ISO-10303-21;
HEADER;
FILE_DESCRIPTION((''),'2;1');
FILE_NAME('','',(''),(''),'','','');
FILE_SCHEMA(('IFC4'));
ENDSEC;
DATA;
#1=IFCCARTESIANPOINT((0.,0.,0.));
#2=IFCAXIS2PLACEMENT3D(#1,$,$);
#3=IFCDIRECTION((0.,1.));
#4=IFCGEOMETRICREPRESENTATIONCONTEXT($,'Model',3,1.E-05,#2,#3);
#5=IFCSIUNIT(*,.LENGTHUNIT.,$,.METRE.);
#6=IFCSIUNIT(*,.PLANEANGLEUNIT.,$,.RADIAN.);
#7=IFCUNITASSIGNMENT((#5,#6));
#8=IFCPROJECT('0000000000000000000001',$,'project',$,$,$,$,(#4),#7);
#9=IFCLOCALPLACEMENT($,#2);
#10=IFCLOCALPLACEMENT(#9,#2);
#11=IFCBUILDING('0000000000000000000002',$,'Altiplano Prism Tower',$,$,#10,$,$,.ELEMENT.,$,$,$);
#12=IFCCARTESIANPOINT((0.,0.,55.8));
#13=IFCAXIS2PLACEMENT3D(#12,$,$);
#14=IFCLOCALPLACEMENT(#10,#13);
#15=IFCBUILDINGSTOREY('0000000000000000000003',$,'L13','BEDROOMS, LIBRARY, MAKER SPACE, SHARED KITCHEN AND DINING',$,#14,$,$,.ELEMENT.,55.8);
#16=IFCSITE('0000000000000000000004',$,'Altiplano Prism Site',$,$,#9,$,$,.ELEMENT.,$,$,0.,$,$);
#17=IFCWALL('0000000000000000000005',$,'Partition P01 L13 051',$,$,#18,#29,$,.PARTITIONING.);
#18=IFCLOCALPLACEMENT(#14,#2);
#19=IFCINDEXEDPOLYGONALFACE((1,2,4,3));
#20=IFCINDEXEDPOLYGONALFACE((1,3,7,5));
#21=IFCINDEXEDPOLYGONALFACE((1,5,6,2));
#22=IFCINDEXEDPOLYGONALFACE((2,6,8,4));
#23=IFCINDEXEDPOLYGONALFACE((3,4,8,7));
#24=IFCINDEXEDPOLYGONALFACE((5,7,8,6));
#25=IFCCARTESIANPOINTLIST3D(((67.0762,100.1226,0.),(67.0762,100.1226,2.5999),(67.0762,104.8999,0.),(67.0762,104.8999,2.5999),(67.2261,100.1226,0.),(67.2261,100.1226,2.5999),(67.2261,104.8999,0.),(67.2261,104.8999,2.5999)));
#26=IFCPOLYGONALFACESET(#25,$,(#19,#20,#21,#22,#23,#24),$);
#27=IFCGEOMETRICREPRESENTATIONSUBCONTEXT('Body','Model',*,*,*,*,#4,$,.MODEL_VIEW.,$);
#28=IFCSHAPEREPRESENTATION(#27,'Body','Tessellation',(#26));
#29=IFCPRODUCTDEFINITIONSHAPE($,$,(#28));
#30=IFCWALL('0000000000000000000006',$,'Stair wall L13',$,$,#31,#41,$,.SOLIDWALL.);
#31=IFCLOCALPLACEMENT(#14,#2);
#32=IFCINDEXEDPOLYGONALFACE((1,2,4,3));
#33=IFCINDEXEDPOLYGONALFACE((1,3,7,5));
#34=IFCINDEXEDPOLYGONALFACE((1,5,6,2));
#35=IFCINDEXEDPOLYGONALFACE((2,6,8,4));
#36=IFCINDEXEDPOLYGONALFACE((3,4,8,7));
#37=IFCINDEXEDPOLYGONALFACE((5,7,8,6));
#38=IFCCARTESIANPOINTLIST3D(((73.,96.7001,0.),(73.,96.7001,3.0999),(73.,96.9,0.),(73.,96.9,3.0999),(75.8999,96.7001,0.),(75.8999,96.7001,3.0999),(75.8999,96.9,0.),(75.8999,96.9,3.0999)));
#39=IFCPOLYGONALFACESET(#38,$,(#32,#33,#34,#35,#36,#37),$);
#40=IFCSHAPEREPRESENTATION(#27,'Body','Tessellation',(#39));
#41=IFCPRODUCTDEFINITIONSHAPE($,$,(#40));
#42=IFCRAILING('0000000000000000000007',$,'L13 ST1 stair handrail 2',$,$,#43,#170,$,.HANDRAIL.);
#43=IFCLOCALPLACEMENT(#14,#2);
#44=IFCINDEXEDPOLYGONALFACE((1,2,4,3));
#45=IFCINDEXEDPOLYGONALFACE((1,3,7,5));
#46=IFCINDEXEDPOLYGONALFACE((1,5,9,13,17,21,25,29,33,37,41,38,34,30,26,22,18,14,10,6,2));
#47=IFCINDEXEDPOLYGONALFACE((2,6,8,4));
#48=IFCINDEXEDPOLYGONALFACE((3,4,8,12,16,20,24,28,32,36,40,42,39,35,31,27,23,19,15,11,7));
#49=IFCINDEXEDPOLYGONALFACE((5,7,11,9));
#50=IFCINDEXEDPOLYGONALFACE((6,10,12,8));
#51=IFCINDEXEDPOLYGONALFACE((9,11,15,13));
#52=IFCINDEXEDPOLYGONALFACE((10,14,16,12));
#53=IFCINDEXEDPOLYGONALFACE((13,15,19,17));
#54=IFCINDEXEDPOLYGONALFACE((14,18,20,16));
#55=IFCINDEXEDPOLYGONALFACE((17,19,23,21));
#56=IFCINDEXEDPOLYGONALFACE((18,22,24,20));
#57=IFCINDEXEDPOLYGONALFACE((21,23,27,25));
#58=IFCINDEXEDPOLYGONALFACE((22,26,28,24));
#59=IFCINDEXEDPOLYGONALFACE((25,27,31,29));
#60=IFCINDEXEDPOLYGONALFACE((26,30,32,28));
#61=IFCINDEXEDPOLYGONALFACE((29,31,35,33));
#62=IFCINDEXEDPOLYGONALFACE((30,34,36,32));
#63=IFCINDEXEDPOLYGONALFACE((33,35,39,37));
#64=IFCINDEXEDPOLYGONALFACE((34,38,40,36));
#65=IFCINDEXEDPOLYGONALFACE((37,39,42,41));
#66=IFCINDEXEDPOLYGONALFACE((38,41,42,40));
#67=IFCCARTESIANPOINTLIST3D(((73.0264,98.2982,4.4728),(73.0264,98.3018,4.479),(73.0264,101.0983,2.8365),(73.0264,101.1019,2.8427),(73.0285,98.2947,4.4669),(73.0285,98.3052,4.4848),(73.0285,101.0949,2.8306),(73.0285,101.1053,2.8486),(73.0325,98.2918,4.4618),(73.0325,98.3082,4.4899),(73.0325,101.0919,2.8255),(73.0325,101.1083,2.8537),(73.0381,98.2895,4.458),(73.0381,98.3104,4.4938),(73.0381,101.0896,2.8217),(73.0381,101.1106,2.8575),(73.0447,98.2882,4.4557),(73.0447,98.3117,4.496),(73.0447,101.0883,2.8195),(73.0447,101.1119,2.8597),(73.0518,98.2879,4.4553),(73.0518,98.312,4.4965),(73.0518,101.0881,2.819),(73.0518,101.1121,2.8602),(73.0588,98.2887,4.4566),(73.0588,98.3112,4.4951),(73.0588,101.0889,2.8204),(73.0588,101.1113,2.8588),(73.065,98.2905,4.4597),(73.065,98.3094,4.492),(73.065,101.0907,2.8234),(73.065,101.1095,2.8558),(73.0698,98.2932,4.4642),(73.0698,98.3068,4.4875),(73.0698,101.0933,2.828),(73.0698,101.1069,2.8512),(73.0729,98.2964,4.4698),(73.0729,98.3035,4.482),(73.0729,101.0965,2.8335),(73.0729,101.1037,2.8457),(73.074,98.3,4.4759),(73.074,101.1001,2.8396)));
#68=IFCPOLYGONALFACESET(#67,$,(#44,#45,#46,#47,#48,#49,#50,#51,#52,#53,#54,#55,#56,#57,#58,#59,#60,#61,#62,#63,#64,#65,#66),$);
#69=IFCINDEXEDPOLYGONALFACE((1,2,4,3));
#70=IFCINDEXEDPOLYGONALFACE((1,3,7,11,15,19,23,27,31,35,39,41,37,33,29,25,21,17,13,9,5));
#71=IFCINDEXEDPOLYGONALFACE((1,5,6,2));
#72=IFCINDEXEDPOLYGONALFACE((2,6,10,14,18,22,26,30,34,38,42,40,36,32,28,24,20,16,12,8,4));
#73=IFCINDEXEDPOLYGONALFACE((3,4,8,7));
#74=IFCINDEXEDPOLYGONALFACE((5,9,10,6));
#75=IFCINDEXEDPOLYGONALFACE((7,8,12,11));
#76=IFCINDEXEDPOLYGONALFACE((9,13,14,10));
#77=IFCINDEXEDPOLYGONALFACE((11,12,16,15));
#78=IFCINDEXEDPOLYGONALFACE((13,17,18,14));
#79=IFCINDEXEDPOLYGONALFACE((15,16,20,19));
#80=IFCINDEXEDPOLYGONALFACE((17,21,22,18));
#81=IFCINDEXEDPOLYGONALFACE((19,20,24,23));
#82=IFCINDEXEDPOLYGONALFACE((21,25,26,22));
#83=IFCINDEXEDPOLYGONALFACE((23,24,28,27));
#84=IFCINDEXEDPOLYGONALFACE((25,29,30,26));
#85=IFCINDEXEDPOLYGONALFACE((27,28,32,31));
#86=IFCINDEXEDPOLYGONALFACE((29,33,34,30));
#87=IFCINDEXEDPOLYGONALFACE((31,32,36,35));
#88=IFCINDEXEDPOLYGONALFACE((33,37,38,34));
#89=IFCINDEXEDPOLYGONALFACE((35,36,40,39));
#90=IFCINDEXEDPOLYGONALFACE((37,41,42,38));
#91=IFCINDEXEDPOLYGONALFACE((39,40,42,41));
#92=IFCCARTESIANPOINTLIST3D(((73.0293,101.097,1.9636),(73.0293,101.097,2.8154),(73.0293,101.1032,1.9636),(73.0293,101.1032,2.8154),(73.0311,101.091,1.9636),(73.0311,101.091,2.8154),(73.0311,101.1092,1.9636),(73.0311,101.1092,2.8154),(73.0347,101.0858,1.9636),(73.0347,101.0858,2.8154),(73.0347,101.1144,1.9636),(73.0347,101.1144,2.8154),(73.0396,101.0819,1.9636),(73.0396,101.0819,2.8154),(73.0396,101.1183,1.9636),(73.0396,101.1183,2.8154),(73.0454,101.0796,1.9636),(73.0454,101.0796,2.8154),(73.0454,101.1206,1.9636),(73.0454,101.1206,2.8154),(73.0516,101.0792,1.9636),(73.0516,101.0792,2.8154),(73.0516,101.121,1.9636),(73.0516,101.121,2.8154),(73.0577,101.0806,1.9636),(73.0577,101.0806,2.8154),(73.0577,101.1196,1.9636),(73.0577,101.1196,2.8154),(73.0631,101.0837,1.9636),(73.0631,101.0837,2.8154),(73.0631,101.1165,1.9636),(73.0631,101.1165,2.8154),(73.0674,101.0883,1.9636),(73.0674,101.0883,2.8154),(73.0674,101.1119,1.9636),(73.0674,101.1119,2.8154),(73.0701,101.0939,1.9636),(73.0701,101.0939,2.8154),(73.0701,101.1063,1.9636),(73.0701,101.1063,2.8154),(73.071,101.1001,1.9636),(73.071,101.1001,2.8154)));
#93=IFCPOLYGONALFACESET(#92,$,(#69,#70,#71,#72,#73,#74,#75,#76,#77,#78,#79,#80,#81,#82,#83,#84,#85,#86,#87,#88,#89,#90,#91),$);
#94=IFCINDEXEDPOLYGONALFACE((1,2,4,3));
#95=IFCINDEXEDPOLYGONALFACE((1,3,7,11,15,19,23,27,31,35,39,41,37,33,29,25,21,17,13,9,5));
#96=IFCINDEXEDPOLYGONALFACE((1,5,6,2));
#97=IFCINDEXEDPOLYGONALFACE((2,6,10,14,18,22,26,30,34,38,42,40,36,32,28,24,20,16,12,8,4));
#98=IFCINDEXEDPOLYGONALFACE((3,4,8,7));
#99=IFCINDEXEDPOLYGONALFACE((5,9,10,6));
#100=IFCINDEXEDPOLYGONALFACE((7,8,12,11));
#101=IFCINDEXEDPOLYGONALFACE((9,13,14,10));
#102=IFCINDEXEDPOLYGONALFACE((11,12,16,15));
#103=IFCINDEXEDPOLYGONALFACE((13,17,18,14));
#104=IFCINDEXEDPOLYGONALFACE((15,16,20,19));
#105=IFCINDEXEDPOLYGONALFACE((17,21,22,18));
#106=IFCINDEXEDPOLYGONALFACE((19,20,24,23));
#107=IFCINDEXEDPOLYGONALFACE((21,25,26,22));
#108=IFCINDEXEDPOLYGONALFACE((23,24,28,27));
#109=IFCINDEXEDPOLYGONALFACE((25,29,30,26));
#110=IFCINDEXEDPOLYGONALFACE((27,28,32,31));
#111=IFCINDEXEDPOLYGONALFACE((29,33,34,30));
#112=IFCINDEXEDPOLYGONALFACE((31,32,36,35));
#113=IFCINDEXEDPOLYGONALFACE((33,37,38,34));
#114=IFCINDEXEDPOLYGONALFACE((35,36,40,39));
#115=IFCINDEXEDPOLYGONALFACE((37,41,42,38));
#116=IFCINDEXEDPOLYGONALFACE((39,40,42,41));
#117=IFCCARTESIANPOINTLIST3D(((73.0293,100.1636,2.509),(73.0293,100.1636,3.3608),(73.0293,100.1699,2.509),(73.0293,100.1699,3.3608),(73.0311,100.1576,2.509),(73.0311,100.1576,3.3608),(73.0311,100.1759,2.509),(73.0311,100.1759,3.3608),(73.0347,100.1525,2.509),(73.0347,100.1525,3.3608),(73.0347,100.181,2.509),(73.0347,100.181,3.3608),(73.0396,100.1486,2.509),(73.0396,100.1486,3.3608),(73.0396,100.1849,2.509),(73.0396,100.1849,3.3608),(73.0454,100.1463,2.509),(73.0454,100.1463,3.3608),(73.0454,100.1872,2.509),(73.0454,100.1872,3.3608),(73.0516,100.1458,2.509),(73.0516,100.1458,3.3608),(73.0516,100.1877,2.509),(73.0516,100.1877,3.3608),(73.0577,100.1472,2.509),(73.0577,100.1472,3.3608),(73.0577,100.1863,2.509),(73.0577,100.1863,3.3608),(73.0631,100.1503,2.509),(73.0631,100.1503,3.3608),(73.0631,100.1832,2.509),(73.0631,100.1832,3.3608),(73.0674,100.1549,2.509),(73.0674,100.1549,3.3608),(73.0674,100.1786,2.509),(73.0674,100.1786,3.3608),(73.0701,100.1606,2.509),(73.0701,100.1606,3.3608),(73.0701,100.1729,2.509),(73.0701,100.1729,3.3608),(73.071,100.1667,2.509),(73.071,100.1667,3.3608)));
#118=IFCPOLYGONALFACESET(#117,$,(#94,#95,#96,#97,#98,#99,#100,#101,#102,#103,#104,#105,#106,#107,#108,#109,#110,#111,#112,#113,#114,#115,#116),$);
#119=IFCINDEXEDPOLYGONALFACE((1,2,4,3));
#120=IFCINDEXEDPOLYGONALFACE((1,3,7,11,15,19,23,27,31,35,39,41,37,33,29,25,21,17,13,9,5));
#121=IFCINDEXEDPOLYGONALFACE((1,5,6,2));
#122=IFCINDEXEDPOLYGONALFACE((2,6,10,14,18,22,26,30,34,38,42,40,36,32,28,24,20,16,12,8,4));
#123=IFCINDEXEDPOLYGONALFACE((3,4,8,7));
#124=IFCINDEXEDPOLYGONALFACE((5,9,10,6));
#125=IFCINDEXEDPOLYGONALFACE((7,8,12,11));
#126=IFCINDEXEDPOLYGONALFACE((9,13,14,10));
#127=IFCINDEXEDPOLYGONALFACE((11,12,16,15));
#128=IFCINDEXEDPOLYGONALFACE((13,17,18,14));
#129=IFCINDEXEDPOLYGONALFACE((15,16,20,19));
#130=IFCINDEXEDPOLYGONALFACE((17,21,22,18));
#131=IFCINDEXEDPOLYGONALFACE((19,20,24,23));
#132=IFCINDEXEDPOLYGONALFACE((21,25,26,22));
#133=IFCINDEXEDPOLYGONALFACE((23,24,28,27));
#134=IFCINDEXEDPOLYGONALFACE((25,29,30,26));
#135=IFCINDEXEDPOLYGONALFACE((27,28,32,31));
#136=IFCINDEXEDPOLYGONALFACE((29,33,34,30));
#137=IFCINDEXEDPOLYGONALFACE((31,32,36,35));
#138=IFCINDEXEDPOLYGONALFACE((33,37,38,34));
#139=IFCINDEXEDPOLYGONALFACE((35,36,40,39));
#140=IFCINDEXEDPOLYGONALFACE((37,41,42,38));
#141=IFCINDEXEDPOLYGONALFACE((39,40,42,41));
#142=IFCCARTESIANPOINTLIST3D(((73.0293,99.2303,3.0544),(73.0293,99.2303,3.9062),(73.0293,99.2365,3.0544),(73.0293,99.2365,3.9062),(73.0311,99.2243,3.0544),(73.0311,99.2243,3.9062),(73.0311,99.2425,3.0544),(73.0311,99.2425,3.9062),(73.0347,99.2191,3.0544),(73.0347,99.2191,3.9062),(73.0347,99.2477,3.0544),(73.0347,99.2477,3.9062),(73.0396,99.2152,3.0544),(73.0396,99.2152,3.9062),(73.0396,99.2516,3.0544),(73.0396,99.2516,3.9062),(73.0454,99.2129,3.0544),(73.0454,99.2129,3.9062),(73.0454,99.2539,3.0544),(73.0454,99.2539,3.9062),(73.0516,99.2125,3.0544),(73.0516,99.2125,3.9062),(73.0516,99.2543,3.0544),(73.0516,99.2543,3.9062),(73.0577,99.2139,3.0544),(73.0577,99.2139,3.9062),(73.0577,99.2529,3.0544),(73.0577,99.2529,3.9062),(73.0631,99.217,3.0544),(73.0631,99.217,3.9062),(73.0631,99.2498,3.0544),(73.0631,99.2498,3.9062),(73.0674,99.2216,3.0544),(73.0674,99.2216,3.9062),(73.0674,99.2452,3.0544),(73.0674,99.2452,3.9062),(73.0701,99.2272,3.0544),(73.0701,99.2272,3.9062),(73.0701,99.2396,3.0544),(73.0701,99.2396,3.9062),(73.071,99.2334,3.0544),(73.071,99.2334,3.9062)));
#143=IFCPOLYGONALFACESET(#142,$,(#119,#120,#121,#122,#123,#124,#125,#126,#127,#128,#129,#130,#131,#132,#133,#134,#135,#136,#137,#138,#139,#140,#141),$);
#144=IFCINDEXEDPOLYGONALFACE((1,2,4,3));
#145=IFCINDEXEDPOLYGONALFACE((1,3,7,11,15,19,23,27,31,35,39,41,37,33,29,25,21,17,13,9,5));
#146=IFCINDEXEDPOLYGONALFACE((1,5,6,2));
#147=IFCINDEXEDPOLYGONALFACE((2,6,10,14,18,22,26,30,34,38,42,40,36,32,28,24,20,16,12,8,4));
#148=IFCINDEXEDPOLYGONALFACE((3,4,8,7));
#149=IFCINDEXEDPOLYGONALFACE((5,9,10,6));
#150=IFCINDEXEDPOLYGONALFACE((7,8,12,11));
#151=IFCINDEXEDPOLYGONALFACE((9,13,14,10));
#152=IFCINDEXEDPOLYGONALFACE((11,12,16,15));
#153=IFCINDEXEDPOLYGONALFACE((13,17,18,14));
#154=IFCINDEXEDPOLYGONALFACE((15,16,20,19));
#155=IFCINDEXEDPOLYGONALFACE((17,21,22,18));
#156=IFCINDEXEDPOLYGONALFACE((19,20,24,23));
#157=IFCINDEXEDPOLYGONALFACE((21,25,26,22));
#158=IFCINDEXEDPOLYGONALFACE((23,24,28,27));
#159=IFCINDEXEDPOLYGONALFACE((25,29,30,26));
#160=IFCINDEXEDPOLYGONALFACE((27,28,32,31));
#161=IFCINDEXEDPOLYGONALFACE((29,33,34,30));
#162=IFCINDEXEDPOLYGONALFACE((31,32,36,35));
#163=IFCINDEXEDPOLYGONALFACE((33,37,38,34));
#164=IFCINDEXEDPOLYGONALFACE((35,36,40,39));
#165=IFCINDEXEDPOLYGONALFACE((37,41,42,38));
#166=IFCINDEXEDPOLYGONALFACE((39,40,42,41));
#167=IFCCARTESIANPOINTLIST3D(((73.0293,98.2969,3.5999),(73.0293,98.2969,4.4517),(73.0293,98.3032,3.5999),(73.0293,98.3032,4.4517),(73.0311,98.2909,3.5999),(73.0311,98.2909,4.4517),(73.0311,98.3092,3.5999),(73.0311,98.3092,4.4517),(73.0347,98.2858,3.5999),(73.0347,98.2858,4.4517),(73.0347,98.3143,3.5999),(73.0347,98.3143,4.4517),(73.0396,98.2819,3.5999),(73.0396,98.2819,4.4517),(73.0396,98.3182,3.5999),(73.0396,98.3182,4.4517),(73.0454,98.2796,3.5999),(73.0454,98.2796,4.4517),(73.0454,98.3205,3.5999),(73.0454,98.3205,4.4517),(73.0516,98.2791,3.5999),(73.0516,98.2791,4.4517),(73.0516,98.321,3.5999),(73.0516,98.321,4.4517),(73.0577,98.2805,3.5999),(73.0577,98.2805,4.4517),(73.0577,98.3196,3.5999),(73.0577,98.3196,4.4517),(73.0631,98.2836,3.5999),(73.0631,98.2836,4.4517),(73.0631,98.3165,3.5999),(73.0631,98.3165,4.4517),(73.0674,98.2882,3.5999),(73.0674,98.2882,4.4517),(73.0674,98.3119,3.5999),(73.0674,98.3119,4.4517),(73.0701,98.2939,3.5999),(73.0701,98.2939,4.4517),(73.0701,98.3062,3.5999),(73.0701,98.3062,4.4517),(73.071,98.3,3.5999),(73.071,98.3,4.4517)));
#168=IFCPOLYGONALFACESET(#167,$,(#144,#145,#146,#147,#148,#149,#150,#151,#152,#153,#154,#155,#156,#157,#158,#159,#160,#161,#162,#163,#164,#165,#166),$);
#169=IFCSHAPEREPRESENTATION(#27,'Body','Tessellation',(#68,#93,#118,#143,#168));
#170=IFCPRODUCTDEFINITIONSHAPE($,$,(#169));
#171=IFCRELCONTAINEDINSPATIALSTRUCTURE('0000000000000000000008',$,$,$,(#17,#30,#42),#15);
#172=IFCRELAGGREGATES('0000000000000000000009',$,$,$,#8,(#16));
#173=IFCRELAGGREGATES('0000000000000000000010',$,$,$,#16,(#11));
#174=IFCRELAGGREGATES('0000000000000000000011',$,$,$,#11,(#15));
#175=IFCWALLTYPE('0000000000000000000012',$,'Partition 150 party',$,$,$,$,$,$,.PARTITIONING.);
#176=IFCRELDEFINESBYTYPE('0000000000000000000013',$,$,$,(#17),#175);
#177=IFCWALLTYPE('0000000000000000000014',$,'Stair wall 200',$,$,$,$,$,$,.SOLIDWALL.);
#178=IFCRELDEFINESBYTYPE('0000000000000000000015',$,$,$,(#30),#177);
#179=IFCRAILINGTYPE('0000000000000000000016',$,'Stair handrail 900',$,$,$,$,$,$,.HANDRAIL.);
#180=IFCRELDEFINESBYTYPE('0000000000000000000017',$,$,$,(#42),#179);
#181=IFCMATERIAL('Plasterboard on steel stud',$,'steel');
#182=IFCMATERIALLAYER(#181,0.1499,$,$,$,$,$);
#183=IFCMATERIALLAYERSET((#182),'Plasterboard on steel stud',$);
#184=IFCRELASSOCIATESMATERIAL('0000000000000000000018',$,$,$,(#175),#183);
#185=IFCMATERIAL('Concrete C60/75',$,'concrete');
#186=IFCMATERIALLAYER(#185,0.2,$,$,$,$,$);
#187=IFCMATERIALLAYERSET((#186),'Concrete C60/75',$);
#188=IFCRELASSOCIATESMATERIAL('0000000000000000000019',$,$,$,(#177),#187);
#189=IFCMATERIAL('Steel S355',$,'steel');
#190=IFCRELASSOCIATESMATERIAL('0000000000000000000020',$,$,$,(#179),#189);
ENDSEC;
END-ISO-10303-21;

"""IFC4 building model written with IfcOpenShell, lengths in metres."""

from ifc_helpers import new_model, si_unit, direction, frame, frame_2d, origin, origin_2d, place, context, subcontext, project, spatial, rectangle, circle, extrude, material, layer, layer_set, type_object, element, save


model = new_model("IFC4")

# Units and contexts
model_context = context("Model", 3, precision=1e-05, world=origin(), true_north=direction((0.0, 1.0)))
body_context = subcontext(model_context, "Body", "Model", "MODEL_VIEW")
ifc_project = project(units=[si_unit("LENGTHUNIT", "METRE"), si_unit("PLANEANGLEUNIT", "RADIAN")], contexts=[model_context])

# Site, building, storey
site_placement = place(None, origin())
site = spatial("IfcSite", under=ifc_project, at=site_placement, Name="Altiplano Prism Site", CompositionType="ELEMENT", RefElevation=0.0)
building_placement = place(site_placement, origin())
building = spatial("IfcBuilding", under=site, at=building_placement, Name="Altiplano Prism Tower", CompositionType="ELEMENT")
storey_placement = place(building_placement, frame((0.0, 0.0, 55.8)))
storey = spatial("IfcBuildingStorey", under=building, at=storey_placement, Name="L13", Description="BEDROOMS, LIBRARY, MAKER SPACE, SHARED KITCHEN AND DINING", CompositionType="ELEMENT", Elevation=55.8)

# Shared definitions
ifc_material_1 = material(Name="Concrete C60/75", Category="concrete")

# Shared definitions
ifc_material_2 = material(Name="Plasterboard on steel stud", Category="steel")

# Walls
ifc_layer_1 = layer(ifc_material_2, 0.1499)
ifc_layer_set_1 = layer_set([ifc_layer_1], Name="Plasterboard on steel stud")
wall_type_1 = type_object("IfcWallType", Name="Partition 150 party", PredefinedType="PARTITIONING", material=ifc_layer_set_1)
wall_1_placement = place(storey_placement, frame((67.1511, 104.8999, 0.0), z_axis=(0.0, 0.0, 1.0), x_axis=(0.0, -1.0, 0.0)))
element("IfcWall", 1, at=wall_1_placement, inside=storey, type_object=wall_type_1, Name="Partition P01 L13 051", PredefinedType="PARTITIONING", context=body_context, shape_type="SweptSolid", body=[
    extrude(rectangle(XDim=4.7773, YDim=0.1499, at=frame_2d((2.3887, 0.0))), origin(), (0.0, 0.0, 1.0), 2.5999),
])
ifc_layer_2 = layer(ifc_material_1, 0.2)
ifc_layer_set_2 = layer_set([ifc_layer_2], Name="Concrete C60/75")
wall_type_2 = type_object("IfcWallType", Name="Stair wall 200", PredefinedType="SOLIDWALL", material=ifc_layer_set_2)
wall_2_placement = place(storey_placement, frame((73.0, 96.8, 0.0), z_axis=(0.0, 0.0, 1.0), x_axis=(1.0, 0.0, 0.0)))
element("IfcWall", 2, at=wall_2_placement, inside=storey, type_object=wall_type_2, Name="Stair wall L13", PredefinedType="SOLIDWALL", context=body_context, shape_type="SweptSolid", body=[
    extrude(rectangle(XDim=2.8999, YDim=0.2, at=frame_2d((1.45, 0.0))), origin(), (0.0, 0.0, 1.0), 3.0999),
])

# Railing
ifc_material_3 = material(Name="Steel S355", Category="steel")
railing_type = type_object("IfcRailingType", Name="Stair handrail 900", PredefinedType="HANDRAIL", material=ifc_material_3)
railing_placement = place(storey_placement, frame((73.05, 101.1001, 1.9636)))
element("IfcRailing", 3, at=railing_placement, inside=storey, type_object=railing_type, Name="L13 ST1 stair handrail 2", PredefinedType="HANDRAIL", context=body_context, shape_type="SweptSolid", body=[
    extrude(circle(Radius=0.0239, at=origin_2d()), frame((0.0, 0.0, 0.876), z_axis=(0.0, -0.863394, 0.504531), x_axis=(1.0, 0.0, 0.0)), (0.0, 0.0, 1.0), 3.2432),
    extrude(circle(Radius=0.021, at=origin_2d()), origin(), (0.0, 0.0, 1.0), 0.8518),
    extrude(circle(Radius=0.021, at=origin_2d()), frame((0.0, -0.9333, 0.5454)), (0.0, 0.0, 1.0), 0.8518),
    extrude(circle(Radius=0.021, at=origin_2d()), frame((0.0, -1.8667, 1.0908)), (0.0, 0.0, 1.0), 0.8518),
    extrude(circle(Radius=0.021, at=origin_2d()), frame((0.0, -2.8, 1.6362)), (0.0, 0.0, 1.0), 0.8518),
])

save(model, "model.ifc")
